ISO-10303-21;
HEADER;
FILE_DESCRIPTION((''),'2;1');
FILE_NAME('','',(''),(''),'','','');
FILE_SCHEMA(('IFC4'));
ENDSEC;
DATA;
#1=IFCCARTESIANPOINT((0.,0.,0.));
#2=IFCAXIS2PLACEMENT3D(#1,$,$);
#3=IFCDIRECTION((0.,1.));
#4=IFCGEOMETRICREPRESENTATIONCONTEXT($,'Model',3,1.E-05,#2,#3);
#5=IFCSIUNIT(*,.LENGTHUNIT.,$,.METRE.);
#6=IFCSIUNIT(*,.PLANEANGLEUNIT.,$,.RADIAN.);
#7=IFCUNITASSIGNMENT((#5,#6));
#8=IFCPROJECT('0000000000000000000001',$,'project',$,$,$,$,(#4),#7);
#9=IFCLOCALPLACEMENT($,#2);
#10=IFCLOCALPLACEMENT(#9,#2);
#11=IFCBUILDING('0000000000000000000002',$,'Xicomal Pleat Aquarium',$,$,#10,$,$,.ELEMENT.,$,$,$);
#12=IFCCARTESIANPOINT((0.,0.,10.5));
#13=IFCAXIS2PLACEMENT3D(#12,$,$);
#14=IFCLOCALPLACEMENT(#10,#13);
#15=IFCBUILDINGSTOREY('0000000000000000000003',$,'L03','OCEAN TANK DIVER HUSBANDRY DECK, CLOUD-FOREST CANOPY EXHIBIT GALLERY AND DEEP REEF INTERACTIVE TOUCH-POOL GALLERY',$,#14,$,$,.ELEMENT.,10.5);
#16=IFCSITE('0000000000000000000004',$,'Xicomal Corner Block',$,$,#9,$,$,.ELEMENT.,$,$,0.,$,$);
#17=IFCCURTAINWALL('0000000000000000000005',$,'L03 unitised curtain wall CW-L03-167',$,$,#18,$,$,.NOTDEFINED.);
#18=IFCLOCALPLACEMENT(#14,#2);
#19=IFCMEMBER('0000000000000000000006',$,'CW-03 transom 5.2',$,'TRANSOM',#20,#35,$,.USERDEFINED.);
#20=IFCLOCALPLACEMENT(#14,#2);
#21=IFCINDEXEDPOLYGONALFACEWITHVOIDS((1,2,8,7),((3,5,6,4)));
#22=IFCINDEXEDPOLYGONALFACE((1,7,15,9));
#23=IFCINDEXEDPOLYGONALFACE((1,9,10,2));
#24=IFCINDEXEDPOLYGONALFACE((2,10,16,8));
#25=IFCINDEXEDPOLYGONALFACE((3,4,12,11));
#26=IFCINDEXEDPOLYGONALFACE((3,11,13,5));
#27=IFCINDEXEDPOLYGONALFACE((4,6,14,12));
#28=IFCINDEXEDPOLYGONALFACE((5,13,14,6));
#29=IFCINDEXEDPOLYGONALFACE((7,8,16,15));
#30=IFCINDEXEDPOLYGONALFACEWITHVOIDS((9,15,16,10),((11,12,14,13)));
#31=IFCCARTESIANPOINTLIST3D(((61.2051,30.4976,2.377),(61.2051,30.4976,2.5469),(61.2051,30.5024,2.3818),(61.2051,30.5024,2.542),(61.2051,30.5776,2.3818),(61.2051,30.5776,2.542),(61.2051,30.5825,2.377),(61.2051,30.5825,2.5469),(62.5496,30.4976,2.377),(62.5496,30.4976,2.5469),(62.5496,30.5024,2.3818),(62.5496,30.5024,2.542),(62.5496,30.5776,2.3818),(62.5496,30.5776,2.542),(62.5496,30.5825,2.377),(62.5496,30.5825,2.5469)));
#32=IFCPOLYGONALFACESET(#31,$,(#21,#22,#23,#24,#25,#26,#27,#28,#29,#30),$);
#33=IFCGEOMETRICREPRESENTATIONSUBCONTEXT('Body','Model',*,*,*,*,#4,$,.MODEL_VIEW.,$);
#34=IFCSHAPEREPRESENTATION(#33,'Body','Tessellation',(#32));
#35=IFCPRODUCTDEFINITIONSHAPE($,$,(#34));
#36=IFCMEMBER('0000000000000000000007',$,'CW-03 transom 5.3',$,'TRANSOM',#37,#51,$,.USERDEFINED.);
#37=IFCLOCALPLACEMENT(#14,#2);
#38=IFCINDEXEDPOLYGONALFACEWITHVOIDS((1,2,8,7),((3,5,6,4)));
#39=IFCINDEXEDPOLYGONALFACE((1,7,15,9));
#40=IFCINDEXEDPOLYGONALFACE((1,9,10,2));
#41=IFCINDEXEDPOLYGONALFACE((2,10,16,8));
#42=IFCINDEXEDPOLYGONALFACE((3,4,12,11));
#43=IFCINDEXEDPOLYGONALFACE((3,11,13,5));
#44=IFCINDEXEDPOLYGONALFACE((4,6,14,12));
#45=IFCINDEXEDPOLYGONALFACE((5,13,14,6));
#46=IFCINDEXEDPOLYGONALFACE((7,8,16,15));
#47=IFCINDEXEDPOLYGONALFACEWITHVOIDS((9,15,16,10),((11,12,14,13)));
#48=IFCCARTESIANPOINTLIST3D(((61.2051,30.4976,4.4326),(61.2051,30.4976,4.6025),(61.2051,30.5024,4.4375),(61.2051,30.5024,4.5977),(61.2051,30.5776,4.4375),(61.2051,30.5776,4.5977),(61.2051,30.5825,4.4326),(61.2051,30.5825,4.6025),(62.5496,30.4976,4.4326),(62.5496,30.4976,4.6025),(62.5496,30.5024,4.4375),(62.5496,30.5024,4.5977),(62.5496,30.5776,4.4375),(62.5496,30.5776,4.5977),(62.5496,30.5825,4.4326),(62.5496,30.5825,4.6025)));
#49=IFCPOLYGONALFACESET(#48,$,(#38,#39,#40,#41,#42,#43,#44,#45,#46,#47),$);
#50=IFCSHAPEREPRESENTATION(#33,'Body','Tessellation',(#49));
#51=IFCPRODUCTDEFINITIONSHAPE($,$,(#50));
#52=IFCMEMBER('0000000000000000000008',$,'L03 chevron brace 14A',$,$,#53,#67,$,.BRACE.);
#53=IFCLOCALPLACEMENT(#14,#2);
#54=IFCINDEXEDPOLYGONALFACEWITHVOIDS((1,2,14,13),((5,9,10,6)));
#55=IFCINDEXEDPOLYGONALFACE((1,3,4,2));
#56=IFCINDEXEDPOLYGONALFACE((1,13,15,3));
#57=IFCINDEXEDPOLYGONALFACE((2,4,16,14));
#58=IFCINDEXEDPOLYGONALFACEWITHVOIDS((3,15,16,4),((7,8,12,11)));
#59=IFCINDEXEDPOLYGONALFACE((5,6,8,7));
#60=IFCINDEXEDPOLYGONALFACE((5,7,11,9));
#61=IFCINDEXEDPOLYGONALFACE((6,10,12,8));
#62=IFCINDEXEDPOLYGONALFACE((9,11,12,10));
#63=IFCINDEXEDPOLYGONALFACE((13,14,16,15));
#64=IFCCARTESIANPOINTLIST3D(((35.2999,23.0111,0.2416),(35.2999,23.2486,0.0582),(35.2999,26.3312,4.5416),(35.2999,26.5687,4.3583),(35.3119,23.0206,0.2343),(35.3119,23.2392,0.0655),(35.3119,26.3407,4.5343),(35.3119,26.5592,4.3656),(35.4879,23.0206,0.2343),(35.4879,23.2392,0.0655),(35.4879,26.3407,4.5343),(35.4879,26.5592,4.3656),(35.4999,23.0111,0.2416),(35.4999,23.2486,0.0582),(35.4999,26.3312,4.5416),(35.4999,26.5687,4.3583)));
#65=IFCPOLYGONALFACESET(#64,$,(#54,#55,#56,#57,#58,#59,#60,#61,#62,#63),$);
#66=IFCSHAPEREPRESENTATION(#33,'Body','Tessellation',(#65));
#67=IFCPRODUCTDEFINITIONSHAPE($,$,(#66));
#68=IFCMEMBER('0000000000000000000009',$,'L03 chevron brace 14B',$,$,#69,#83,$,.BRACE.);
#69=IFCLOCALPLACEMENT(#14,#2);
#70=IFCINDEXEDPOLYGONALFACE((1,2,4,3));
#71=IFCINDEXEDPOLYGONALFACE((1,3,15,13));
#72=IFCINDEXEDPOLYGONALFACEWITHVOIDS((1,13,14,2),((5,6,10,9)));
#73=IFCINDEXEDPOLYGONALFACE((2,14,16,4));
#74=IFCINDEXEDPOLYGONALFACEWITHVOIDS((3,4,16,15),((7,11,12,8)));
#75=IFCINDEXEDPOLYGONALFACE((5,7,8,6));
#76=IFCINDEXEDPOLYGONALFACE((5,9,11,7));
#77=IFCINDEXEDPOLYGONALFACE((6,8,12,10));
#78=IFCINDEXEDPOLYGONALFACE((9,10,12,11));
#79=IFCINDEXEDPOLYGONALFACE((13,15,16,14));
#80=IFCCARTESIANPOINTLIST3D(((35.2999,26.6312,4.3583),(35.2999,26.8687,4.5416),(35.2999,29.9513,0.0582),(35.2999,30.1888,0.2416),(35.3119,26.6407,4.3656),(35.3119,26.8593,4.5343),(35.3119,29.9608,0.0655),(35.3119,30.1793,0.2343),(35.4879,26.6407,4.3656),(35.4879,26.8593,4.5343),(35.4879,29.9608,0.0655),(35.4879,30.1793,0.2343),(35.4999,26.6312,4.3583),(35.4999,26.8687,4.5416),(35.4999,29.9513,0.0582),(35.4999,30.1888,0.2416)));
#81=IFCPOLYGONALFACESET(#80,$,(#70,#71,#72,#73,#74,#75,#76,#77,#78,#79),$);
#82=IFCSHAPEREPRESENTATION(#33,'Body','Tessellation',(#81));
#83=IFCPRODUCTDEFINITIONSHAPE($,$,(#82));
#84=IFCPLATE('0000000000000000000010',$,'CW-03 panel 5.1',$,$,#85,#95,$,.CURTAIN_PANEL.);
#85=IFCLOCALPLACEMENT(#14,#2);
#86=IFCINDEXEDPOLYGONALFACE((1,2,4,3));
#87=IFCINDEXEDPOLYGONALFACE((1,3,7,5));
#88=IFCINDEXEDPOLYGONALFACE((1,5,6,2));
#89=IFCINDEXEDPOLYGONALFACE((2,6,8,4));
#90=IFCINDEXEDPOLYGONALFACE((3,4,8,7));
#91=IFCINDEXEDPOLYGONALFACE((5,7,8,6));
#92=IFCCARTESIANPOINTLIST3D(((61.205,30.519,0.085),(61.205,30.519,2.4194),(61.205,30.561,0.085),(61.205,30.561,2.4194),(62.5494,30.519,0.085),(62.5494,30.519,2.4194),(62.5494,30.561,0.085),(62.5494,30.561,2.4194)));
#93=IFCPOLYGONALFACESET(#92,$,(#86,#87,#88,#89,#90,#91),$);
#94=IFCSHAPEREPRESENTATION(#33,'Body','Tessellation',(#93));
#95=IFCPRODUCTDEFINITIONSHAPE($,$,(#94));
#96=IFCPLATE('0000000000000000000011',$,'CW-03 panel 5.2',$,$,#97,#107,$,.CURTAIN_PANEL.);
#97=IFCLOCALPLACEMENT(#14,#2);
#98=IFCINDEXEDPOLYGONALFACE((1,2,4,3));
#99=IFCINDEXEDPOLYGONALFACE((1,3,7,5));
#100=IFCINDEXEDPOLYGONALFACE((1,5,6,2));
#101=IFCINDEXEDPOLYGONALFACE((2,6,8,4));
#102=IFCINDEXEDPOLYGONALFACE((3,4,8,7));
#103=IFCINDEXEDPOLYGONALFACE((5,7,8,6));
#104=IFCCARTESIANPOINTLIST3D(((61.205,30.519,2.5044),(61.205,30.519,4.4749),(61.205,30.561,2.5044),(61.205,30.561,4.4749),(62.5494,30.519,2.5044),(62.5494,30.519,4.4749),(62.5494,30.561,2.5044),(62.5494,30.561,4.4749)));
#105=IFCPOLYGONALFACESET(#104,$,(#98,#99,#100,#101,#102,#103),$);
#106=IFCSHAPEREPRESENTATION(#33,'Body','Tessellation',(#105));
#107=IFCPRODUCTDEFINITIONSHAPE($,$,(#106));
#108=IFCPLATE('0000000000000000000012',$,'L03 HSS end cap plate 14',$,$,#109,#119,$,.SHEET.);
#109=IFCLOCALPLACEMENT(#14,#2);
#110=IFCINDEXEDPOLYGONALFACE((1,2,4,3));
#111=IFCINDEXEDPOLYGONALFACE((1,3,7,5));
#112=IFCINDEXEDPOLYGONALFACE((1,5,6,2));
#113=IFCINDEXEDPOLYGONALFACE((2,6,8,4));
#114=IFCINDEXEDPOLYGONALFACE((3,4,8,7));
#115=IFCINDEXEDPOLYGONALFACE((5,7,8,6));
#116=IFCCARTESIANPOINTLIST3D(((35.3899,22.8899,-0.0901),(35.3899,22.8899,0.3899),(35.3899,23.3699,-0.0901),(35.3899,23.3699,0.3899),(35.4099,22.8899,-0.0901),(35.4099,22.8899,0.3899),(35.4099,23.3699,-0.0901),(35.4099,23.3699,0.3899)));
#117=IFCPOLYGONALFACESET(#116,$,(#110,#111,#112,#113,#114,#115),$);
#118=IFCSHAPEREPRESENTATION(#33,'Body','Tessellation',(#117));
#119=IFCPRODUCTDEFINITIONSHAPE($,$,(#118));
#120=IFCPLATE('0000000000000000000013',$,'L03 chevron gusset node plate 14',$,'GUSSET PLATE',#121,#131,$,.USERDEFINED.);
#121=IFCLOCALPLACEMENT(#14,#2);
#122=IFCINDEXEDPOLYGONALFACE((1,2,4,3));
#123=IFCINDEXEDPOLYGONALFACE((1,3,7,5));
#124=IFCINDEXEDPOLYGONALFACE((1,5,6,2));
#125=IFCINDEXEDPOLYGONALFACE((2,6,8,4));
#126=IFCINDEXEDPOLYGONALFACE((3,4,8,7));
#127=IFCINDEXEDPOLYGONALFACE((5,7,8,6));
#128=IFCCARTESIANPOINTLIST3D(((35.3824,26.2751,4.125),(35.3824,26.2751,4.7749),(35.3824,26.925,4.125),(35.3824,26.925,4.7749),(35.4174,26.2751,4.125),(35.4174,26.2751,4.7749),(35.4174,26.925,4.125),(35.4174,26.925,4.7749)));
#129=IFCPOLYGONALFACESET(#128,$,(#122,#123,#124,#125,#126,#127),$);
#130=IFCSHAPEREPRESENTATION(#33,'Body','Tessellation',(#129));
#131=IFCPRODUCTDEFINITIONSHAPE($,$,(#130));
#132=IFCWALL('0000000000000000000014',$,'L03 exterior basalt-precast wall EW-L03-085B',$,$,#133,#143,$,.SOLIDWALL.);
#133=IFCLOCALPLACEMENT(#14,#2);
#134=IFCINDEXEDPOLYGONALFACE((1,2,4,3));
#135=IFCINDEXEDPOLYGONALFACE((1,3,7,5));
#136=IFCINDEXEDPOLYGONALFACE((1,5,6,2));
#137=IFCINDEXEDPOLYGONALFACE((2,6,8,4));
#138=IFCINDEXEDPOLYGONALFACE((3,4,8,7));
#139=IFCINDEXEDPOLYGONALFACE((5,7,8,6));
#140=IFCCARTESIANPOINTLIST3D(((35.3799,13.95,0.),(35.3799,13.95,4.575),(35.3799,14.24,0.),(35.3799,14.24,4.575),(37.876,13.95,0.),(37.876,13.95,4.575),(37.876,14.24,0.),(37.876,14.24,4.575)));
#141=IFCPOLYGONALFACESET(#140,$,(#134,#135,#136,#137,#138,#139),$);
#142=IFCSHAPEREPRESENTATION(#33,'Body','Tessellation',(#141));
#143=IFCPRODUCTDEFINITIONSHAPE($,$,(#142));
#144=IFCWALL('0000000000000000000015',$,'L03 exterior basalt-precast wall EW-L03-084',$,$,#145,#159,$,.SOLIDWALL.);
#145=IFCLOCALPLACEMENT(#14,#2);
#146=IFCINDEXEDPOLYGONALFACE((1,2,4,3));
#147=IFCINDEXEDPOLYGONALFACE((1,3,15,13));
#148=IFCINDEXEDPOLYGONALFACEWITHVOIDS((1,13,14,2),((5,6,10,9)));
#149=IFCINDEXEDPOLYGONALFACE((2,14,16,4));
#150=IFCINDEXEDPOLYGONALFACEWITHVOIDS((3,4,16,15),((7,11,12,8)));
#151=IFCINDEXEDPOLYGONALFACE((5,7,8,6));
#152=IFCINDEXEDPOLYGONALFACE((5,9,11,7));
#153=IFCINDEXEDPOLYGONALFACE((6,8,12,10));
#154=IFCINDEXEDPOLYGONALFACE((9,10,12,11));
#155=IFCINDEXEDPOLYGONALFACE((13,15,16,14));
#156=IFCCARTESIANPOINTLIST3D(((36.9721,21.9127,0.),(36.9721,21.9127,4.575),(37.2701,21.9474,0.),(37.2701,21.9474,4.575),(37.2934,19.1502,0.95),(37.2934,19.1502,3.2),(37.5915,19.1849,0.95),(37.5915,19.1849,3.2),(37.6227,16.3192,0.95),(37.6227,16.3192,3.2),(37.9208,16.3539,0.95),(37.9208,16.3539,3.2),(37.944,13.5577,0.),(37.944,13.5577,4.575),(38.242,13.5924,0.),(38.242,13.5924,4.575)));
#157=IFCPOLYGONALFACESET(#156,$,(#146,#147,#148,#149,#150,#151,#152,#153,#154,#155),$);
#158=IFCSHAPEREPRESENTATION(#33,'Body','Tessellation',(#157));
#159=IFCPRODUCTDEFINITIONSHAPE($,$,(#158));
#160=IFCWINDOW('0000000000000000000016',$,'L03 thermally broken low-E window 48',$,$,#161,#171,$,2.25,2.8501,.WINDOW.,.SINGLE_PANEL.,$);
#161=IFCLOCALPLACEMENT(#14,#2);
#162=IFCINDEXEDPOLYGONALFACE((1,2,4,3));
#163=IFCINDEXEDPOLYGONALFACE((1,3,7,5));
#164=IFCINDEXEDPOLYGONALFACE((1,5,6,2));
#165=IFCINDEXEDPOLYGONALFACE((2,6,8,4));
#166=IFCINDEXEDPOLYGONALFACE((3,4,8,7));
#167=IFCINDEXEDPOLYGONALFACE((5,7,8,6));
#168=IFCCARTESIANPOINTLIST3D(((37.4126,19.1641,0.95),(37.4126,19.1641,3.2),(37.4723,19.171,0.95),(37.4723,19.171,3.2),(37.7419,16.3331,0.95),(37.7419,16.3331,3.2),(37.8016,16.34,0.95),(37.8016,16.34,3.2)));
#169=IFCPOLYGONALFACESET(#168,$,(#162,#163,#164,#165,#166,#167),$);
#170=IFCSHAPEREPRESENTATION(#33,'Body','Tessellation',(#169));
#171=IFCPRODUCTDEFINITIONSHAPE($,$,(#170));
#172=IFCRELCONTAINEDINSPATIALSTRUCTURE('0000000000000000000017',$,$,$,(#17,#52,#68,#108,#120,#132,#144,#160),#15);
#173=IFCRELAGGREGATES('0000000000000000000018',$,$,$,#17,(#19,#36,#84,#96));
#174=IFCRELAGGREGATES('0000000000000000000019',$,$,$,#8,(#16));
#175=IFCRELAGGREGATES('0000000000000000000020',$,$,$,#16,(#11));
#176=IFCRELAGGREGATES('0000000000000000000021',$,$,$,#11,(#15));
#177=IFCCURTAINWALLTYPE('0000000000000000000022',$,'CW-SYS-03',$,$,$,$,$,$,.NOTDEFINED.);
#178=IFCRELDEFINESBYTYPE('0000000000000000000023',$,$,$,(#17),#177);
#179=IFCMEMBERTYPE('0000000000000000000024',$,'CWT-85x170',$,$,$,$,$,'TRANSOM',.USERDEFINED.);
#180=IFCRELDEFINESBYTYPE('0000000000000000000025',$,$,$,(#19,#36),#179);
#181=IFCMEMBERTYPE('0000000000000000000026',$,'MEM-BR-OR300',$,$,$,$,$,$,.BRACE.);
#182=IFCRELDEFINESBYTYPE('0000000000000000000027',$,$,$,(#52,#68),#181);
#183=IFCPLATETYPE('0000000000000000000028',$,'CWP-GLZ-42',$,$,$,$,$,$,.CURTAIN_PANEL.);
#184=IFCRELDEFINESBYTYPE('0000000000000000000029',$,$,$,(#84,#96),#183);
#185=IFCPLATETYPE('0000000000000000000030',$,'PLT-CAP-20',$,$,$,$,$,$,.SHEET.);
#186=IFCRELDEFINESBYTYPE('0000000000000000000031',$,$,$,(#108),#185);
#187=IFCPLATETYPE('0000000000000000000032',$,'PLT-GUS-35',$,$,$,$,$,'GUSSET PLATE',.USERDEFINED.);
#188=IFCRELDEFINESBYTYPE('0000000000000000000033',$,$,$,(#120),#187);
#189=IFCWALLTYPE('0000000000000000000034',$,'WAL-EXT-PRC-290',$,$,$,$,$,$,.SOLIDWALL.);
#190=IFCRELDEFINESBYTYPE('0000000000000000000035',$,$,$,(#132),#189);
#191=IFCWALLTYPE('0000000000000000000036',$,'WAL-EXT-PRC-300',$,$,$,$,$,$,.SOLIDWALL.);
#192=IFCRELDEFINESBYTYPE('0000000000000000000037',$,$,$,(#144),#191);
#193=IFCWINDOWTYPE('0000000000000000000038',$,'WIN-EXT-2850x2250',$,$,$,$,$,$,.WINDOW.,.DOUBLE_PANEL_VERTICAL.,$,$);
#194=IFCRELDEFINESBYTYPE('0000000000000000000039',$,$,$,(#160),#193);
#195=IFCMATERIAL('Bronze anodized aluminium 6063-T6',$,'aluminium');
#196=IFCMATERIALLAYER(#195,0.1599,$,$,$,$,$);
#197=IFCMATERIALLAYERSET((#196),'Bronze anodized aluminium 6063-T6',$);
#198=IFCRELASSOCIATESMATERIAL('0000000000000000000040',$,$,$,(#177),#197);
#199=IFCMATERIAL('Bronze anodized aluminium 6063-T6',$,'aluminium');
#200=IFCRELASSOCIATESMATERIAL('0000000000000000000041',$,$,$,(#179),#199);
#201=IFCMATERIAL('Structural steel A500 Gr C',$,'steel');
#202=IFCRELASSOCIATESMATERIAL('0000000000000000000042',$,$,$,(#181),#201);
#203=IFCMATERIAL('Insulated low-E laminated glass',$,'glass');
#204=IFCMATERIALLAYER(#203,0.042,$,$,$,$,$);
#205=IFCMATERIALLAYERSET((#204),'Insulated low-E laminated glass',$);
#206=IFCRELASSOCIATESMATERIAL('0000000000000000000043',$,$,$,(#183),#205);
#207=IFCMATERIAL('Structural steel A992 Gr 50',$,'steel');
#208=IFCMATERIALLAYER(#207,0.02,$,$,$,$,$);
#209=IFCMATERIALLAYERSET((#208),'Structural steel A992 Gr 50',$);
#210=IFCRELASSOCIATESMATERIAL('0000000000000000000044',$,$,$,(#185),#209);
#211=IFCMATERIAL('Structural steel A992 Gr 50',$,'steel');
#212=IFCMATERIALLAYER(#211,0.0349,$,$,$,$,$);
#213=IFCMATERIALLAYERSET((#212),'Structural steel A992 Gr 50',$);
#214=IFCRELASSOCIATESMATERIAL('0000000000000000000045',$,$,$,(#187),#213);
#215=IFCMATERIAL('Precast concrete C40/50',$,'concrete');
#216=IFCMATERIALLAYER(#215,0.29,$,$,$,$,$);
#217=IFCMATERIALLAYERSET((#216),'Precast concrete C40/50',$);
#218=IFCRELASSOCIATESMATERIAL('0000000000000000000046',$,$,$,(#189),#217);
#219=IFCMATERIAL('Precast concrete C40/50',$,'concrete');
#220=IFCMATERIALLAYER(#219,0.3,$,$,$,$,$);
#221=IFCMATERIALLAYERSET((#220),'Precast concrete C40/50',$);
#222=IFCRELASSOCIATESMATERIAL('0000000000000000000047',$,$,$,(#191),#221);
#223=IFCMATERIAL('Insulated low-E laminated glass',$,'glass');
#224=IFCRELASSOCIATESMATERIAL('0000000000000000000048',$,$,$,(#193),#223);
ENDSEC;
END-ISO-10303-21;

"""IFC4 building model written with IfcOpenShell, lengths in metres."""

from ifc_helpers import new_model, si_unit, direction, frame, frame_2d, origin, origin_2d, place, context, subcontext, project, spatial, rectangle, hollow_rectangle, extrude, material, layer, layer_set, material_profile, profile_set, type_object, element, fill, aggregate, save


model = new_model("IFC4")

# Units and contexts
model_context = context("Model", 3, precision=1e-05, world=origin(), true_north=direction((0.0, 1.0)))
body_context = subcontext(model_context, "Body", "Model", "MODEL_VIEW")
ifc_project = project(units=[si_unit("LENGTHUNIT", "METRE"), si_unit("PLANEANGLEUNIT", "RADIAN")], contexts=[model_context])

# Site, building, storey
site_placement = place(None, origin())
site = spatial("IfcSite", under=ifc_project, at=site_placement, Name="Xicomal Corner Block", CompositionType="ELEMENT", RefElevation=0.0)
building_placement = place(site_placement, origin())
building = spatial("IfcBuilding", under=site, at=building_placement, Name="Xicomal Pleat Aquarium", CompositionType="ELEMENT")
storey_placement = place(building_placement, frame((0.0, 0.0, 10.5)))
storey = spatial("IfcBuildingStorey", under=building, at=storey_placement, Name="L03", Description="OCEAN TANK DIVER HUSBANDRY DECK, CLOUD-FOREST CANOPY EXHIBIT GALLERY AND DEEP REEF INTERACTIVE TOUCH-POOL GALLERY", CompositionType="ELEMENT", Elevation=10.5)

# Curtain wall, members
ifc_material_1 = material(Name="Bronze anodized aluminium 6063-T6", Category="aluminium")
ifc_layer_1 = layer(ifc_material_1, 0.1599)
ifc_layer_set_1 = layer_set([ifc_layer_1], Name="Bronze anodized aluminium 6063-T6")
curtain_wall_type = type_object("IfcCurtainWallType", Name="CW-SYS-03", PredefinedType="NOTDEFINED", material=ifc_layer_set_1)
curtain_wall_placement = place(storey_placement, origin())
curtain_wall = element("IfcCurtainWall", 1, at=curtain_wall_placement, inside=storey, type_object=curtain_wall_type, Name="L03 unitised curtain wall CW-L03-167", PredefinedType="NOTDEFINED")
ifc_material_2 = material(Name="Bronze anodized aluminium 6063-T6", Category="aluminium")
ifc_material_profile_1 = material_profile(ifc_material_2, hollow_rectangle(XDim=0.085, YDim=0.1699, WallThickness=0.0049, at=origin_2d()), Name="ALU TRAN 85x170")
ifc_profile_set_1 = profile_set([ifc_material_profile_1], Name="Bronze anodized aluminium 6063-T6")
member_type_1 = type_object("IfcMemberType", Name="CWT-85x170", ElementType="TRANSOM", PredefinedType="USERDEFINED", material=ifc_profile_set_1)
member_1_placement = place(storey_placement, frame((62.5496, 30.54, 2.4619), z_axis=(-1.0, 0.0, 0.0), x_axis=(0.0, -1.0, 0.0)))
member_1 = element("IfcMember", 2, at=member_1_placement, type_object=member_type_1, Name="CW-03 transom 5.2", ObjectType="TRANSOM", PredefinedType="USERDEFINED", context=body_context, shape_type="SweptSolid", body=[
    extrude(hollow_rectangle(XDim=0.085, YDim=0.1699, WallThickness=0.0049, at=origin_2d()), origin(), (0.0, 0.0, 1.0), 1.3445),
])
member_2_placement = place(storey_placement, frame((62.5496, 30.54, 4.5176), z_axis=(-1.0, 0.0, 0.0), x_axis=(0.0, -1.0, 0.0)))
member_2 = element("IfcMember", 3, at=member_2_placement, type_object=member_type_1, Name="CW-03 transom 5.3", ObjectType="TRANSOM", PredefinedType="USERDEFINED", context=body_context, shape_type="SweptSolid", body=[
    extrude(hollow_rectangle(XDim=0.085, YDim=0.1699, WallThickness=0.0049, at=origin_2d()), origin(), (0.0, 0.0, 1.0), 1.3445),
])

# Members
ifc_material_3 = material(Name="Structural steel A500 Gr C", Category="steel")
ifc_material_profile_2 = material_profile(ifc_material_3, hollow_rectangle(XDim=0.2, YDim=0.3, WallThickness=0.012, at=origin_2d()), Name="OR 300x200x12")
ifc_profile_set_2 = profile_set([ifc_material_profile_2], Name="Structural steel A500 Gr C")
member_type_2 = type_object("IfcMemberType", Name="MEM-BR-OR300", PredefinedType="BRACE", material=ifc_profile_set_2)
for number, where, z_axis, x_axis, name in (
    (4, (35.3999, 23.1299, 0.1499), (0.0, 0.611137, 0.791525), (-1.0, 0.0, 0.0), "L03 chevron brace 14A"),
    (5, (35.3999, 30.0701, 0.1499), (0.0, -0.611137, 0.791525), (1.0, 0.0, 0.0), "L03 chevron brace 14B"),
):
    element("IfcMember", number, at=place(storey_placement, frame(where, z_axis=z_axis, x_axis=x_axis)), inside=storey, type_object=member_type_2, Name=name, PredefinedType="BRACE", context=body_context, shape_type="SweptSolid", body=[
        extrude(hollow_rectangle(XDim=0.2, YDim=0.3, WallThickness=0.012, at=origin_2d()), origin(), (0.0, 0.0, 1.0), 5.4326),
    ])

# Plates
ifc_material_4 = material(Name="Insulated low-E laminated glass", Category="glass")
ifc_layer_2 = layer(ifc_material_4, 0.042)
ifc_layer_set_2 = layer_set([ifc_layer_2], Name="Insulated low-E laminated glass")
plate_type_1 = type_object("IfcPlateType", Name="CWP-GLZ-42", PredefinedType="CURTAIN_PANEL", material=ifc_layer_set_2)
plate_1_placement = place(storey_placement, frame((61.8772, 30.54, 0.085), z_axis=(0.0, 0.0, 1.0), x_axis=(-1.0, 0.0, 0.0)))
plate_1 = element("IfcPlate", 6, at=plate_1_placement, type_object=plate_type_1, Name="CW-03 panel 5.1", PredefinedType="CURTAIN_PANEL", context=body_context, shape_type="SweptSolid", body=[
    extrude(rectangle(XDim=1.3445, YDim=0.042, at=origin_2d()), origin(), (0.0, 0.0, 1.0), 2.3345),
])
plate_2_placement = place(storey_placement, frame((61.8772, 30.54, 2.5044), z_axis=(0.0, 0.0, 1.0), x_axis=(-1.0, 0.0, 0.0)))
plate_2 = element("IfcPlate", 7, at=plate_2_placement, type_object=plate_type_1, Name="CW-03 panel 5.2", PredefinedType="CURTAIN_PANEL", context=body_context, shape_type="SweptSolid", body=[
    extrude(rectangle(XDim=1.3445, YDim=0.042, at=origin_2d()), origin(), (0.0, 0.0, 1.0), 1.9705),
])
aggregate(curtain_wall, [member_1, member_2, plate_1, plate_2])

# Plates
ifc_material_5 = material(Name="Structural steel A992 Gr 50", Category="steel")
ifc_layer_3 = layer(ifc_material_5, 0.02)
ifc_layer_set_3 = layer_set([ifc_layer_3], Name="Structural steel A992 Gr 50")
plate_type_2 = type_object("IfcPlateType", Name="PLT-CAP-20", PredefinedType="SHEET", material=ifc_layer_set_3)
plate_3_placement = place(storey_placement, frame((35.3999, 23.1299, -0.0901), z_axis=(0.0, 0.0, 1.0), x_axis=(0.0, 1.0, 0.0)))
element("IfcPlate", 8, at=plate_3_placement, inside=storey, type_object=plate_type_2, Name="L03 HSS end cap plate 14", PredefinedType="SHEET", context=body_context, shape_type="SweptSolid", body=[
    extrude(rectangle(XDim=0.48, YDim=0.02, at=origin_2d()), origin(), (0.0, 0.0, 1.0), 0.48),
])
ifc_material_6 = material(Name="Structural steel A992 Gr 50", Category="steel")
ifc_layer_4 = layer(ifc_material_6, 0.0349)
ifc_layer_set_4 = layer_set([ifc_layer_4], Name="Structural steel A992 Gr 50")
plate_type_3 = type_object("IfcPlateType", Name="PLT-GUS-35", ElementType="GUSSET PLATE", PredefinedType="USERDEFINED", material=ifc_layer_set_4)
plate_4_placement = place(storey_placement, frame((35.3999, 26.6001, 4.125), z_axis=(0.0, 0.0, 1.0), x_axis=(0.0, 1.0, 0.0)))
element("IfcPlate", 9, at=plate_4_placement, inside=storey, type_object=plate_type_3, Name="L03 chevron gusset node plate 14", ObjectType="GUSSET PLATE", PredefinedType="USERDEFINED", context=body_context, shape_type="SweptSolid", body=[
    extrude(rectangle(XDim=0.6499, YDim=0.0349, at=origin_2d()), origin(), (0.0, 0.0, 1.0), 0.6499),
])

# Wall
ifc_material_7 = material(Name="Precast concrete C40/50", Category="concrete")
ifc_layer_5 = layer(ifc_material_7, 0.29)
ifc_layer_set_5 = layer_set([ifc_layer_5], Name="Precast concrete C40/50")
wall_type_1 = type_object("IfcWallType", Name="WAL-EXT-PRC-290", PredefinedType="SOLIDWALL", material=ifc_layer_set_5)
wall_1_placement = place(storey_placement, frame((37.876, 14.095, 0.0), z_axis=(0.0, 0.0, 1.0), x_axis=(-1.0, 0.0, 0.0)))
element("IfcWall", 10, at=wall_1_placement, inside=storey, type_object=wall_type_1, Name="L03 exterior basalt-precast wall EW-L03-085B", PredefinedType="SOLIDWALL", context=body_context, shape_type="SweptSolid", body=[
    extrude(rectangle(XDim=2.4961, YDim=0.29, at=frame_2d((1.248, 0.0))), origin(), (0.0, 0.0, 1.0), 4.575),
])

# Wall, opening, window
ifc_material_8 = material(Name="Precast concrete C40/50", Category="concrete")
ifc_layer_6 = layer(ifc_material_8, 0.3)
ifc_layer_set_6 = layer_set([ifc_layer_6], Name="Precast concrete C40/50")
wall_type_2 = type_object("IfcWallType", Name="WAL-EXT-PRC-300", PredefinedType="SOLIDWALL", material=ifc_layer_set_6)
wall_2_placement = place(storey_placement, frame((37.1211, 21.9299, 0.0), z_axis=(0.0, 0.0, 1.0), x_axis=(0.115549, -0.993302, 0.0)))
wall_2 = element("IfcWall", 11, at=wall_2_placement, inside=storey, type_object=wall_type_2, Name="L03 exterior basalt-precast wall EW-L03-084", PredefinedType="SOLIDWALL", context=body_context, shape_type="SweptSolid", body=[
    extrude(rectangle(XDim=8.4114, YDim=0.3, at=frame_2d((4.2056, 0.0))), origin(), (0.0, 0.0, 1.0), 4.575),
])
opening_placement = place(wall_2_placement, frame((2.781, 0.0, 0.95)))
opening = element("IfcOpeningElement", 12, at=opening_placement, cuts=wall_2, PredefinedType="OPENING", context=body_context, shape_type="SweptSolid", body=[
    extrude(rectangle(XDim=2.8501, YDim=2.25, at=frame_2d((1.425, 1.125))), frame((0.0, 0.1599, 0.0), z_axis=(0.0, -1.0, 0.0), x_axis=(1.0, 0.0, 0.0)), (0.0, 0.0, 1.0), 0.3201),
])
ifc_material_9 = material(Name="Insulated low-E laminated glass", Category="glass")
window_type = type_object("IfcWindowType", Name="WIN-EXT-2850x2250", PartitioningType="DOUBLE_PANEL_VERTICAL", PredefinedType="WINDOW", material=ifc_material_9)
window_placement = place(opening_placement, origin())
window = element("IfcWindow", 13, at=window_placement, inside=storey, type_object=window_type, Name="L03 thermally broken low-E window 48", OverallHeight=2.25, OverallWidth=2.8501, PartitioningType="SINGLE_PANEL", PredefinedType="WINDOW", context=body_context, shape_type="SweptSolid", body=[
    extrude(rectangle(XDim=2.8501, YDim=2.25, at=frame_2d((1.425, 1.125))), frame((0.0, 0.03, 0.0), z_axis=(0.0, -1.0, 0.0), x_axis=(1.0, 0.0, 0.0)), (0.0, 0.0, 1.0), 0.0601),
])
fill(opening, window)

save(model, "model.ifc")
